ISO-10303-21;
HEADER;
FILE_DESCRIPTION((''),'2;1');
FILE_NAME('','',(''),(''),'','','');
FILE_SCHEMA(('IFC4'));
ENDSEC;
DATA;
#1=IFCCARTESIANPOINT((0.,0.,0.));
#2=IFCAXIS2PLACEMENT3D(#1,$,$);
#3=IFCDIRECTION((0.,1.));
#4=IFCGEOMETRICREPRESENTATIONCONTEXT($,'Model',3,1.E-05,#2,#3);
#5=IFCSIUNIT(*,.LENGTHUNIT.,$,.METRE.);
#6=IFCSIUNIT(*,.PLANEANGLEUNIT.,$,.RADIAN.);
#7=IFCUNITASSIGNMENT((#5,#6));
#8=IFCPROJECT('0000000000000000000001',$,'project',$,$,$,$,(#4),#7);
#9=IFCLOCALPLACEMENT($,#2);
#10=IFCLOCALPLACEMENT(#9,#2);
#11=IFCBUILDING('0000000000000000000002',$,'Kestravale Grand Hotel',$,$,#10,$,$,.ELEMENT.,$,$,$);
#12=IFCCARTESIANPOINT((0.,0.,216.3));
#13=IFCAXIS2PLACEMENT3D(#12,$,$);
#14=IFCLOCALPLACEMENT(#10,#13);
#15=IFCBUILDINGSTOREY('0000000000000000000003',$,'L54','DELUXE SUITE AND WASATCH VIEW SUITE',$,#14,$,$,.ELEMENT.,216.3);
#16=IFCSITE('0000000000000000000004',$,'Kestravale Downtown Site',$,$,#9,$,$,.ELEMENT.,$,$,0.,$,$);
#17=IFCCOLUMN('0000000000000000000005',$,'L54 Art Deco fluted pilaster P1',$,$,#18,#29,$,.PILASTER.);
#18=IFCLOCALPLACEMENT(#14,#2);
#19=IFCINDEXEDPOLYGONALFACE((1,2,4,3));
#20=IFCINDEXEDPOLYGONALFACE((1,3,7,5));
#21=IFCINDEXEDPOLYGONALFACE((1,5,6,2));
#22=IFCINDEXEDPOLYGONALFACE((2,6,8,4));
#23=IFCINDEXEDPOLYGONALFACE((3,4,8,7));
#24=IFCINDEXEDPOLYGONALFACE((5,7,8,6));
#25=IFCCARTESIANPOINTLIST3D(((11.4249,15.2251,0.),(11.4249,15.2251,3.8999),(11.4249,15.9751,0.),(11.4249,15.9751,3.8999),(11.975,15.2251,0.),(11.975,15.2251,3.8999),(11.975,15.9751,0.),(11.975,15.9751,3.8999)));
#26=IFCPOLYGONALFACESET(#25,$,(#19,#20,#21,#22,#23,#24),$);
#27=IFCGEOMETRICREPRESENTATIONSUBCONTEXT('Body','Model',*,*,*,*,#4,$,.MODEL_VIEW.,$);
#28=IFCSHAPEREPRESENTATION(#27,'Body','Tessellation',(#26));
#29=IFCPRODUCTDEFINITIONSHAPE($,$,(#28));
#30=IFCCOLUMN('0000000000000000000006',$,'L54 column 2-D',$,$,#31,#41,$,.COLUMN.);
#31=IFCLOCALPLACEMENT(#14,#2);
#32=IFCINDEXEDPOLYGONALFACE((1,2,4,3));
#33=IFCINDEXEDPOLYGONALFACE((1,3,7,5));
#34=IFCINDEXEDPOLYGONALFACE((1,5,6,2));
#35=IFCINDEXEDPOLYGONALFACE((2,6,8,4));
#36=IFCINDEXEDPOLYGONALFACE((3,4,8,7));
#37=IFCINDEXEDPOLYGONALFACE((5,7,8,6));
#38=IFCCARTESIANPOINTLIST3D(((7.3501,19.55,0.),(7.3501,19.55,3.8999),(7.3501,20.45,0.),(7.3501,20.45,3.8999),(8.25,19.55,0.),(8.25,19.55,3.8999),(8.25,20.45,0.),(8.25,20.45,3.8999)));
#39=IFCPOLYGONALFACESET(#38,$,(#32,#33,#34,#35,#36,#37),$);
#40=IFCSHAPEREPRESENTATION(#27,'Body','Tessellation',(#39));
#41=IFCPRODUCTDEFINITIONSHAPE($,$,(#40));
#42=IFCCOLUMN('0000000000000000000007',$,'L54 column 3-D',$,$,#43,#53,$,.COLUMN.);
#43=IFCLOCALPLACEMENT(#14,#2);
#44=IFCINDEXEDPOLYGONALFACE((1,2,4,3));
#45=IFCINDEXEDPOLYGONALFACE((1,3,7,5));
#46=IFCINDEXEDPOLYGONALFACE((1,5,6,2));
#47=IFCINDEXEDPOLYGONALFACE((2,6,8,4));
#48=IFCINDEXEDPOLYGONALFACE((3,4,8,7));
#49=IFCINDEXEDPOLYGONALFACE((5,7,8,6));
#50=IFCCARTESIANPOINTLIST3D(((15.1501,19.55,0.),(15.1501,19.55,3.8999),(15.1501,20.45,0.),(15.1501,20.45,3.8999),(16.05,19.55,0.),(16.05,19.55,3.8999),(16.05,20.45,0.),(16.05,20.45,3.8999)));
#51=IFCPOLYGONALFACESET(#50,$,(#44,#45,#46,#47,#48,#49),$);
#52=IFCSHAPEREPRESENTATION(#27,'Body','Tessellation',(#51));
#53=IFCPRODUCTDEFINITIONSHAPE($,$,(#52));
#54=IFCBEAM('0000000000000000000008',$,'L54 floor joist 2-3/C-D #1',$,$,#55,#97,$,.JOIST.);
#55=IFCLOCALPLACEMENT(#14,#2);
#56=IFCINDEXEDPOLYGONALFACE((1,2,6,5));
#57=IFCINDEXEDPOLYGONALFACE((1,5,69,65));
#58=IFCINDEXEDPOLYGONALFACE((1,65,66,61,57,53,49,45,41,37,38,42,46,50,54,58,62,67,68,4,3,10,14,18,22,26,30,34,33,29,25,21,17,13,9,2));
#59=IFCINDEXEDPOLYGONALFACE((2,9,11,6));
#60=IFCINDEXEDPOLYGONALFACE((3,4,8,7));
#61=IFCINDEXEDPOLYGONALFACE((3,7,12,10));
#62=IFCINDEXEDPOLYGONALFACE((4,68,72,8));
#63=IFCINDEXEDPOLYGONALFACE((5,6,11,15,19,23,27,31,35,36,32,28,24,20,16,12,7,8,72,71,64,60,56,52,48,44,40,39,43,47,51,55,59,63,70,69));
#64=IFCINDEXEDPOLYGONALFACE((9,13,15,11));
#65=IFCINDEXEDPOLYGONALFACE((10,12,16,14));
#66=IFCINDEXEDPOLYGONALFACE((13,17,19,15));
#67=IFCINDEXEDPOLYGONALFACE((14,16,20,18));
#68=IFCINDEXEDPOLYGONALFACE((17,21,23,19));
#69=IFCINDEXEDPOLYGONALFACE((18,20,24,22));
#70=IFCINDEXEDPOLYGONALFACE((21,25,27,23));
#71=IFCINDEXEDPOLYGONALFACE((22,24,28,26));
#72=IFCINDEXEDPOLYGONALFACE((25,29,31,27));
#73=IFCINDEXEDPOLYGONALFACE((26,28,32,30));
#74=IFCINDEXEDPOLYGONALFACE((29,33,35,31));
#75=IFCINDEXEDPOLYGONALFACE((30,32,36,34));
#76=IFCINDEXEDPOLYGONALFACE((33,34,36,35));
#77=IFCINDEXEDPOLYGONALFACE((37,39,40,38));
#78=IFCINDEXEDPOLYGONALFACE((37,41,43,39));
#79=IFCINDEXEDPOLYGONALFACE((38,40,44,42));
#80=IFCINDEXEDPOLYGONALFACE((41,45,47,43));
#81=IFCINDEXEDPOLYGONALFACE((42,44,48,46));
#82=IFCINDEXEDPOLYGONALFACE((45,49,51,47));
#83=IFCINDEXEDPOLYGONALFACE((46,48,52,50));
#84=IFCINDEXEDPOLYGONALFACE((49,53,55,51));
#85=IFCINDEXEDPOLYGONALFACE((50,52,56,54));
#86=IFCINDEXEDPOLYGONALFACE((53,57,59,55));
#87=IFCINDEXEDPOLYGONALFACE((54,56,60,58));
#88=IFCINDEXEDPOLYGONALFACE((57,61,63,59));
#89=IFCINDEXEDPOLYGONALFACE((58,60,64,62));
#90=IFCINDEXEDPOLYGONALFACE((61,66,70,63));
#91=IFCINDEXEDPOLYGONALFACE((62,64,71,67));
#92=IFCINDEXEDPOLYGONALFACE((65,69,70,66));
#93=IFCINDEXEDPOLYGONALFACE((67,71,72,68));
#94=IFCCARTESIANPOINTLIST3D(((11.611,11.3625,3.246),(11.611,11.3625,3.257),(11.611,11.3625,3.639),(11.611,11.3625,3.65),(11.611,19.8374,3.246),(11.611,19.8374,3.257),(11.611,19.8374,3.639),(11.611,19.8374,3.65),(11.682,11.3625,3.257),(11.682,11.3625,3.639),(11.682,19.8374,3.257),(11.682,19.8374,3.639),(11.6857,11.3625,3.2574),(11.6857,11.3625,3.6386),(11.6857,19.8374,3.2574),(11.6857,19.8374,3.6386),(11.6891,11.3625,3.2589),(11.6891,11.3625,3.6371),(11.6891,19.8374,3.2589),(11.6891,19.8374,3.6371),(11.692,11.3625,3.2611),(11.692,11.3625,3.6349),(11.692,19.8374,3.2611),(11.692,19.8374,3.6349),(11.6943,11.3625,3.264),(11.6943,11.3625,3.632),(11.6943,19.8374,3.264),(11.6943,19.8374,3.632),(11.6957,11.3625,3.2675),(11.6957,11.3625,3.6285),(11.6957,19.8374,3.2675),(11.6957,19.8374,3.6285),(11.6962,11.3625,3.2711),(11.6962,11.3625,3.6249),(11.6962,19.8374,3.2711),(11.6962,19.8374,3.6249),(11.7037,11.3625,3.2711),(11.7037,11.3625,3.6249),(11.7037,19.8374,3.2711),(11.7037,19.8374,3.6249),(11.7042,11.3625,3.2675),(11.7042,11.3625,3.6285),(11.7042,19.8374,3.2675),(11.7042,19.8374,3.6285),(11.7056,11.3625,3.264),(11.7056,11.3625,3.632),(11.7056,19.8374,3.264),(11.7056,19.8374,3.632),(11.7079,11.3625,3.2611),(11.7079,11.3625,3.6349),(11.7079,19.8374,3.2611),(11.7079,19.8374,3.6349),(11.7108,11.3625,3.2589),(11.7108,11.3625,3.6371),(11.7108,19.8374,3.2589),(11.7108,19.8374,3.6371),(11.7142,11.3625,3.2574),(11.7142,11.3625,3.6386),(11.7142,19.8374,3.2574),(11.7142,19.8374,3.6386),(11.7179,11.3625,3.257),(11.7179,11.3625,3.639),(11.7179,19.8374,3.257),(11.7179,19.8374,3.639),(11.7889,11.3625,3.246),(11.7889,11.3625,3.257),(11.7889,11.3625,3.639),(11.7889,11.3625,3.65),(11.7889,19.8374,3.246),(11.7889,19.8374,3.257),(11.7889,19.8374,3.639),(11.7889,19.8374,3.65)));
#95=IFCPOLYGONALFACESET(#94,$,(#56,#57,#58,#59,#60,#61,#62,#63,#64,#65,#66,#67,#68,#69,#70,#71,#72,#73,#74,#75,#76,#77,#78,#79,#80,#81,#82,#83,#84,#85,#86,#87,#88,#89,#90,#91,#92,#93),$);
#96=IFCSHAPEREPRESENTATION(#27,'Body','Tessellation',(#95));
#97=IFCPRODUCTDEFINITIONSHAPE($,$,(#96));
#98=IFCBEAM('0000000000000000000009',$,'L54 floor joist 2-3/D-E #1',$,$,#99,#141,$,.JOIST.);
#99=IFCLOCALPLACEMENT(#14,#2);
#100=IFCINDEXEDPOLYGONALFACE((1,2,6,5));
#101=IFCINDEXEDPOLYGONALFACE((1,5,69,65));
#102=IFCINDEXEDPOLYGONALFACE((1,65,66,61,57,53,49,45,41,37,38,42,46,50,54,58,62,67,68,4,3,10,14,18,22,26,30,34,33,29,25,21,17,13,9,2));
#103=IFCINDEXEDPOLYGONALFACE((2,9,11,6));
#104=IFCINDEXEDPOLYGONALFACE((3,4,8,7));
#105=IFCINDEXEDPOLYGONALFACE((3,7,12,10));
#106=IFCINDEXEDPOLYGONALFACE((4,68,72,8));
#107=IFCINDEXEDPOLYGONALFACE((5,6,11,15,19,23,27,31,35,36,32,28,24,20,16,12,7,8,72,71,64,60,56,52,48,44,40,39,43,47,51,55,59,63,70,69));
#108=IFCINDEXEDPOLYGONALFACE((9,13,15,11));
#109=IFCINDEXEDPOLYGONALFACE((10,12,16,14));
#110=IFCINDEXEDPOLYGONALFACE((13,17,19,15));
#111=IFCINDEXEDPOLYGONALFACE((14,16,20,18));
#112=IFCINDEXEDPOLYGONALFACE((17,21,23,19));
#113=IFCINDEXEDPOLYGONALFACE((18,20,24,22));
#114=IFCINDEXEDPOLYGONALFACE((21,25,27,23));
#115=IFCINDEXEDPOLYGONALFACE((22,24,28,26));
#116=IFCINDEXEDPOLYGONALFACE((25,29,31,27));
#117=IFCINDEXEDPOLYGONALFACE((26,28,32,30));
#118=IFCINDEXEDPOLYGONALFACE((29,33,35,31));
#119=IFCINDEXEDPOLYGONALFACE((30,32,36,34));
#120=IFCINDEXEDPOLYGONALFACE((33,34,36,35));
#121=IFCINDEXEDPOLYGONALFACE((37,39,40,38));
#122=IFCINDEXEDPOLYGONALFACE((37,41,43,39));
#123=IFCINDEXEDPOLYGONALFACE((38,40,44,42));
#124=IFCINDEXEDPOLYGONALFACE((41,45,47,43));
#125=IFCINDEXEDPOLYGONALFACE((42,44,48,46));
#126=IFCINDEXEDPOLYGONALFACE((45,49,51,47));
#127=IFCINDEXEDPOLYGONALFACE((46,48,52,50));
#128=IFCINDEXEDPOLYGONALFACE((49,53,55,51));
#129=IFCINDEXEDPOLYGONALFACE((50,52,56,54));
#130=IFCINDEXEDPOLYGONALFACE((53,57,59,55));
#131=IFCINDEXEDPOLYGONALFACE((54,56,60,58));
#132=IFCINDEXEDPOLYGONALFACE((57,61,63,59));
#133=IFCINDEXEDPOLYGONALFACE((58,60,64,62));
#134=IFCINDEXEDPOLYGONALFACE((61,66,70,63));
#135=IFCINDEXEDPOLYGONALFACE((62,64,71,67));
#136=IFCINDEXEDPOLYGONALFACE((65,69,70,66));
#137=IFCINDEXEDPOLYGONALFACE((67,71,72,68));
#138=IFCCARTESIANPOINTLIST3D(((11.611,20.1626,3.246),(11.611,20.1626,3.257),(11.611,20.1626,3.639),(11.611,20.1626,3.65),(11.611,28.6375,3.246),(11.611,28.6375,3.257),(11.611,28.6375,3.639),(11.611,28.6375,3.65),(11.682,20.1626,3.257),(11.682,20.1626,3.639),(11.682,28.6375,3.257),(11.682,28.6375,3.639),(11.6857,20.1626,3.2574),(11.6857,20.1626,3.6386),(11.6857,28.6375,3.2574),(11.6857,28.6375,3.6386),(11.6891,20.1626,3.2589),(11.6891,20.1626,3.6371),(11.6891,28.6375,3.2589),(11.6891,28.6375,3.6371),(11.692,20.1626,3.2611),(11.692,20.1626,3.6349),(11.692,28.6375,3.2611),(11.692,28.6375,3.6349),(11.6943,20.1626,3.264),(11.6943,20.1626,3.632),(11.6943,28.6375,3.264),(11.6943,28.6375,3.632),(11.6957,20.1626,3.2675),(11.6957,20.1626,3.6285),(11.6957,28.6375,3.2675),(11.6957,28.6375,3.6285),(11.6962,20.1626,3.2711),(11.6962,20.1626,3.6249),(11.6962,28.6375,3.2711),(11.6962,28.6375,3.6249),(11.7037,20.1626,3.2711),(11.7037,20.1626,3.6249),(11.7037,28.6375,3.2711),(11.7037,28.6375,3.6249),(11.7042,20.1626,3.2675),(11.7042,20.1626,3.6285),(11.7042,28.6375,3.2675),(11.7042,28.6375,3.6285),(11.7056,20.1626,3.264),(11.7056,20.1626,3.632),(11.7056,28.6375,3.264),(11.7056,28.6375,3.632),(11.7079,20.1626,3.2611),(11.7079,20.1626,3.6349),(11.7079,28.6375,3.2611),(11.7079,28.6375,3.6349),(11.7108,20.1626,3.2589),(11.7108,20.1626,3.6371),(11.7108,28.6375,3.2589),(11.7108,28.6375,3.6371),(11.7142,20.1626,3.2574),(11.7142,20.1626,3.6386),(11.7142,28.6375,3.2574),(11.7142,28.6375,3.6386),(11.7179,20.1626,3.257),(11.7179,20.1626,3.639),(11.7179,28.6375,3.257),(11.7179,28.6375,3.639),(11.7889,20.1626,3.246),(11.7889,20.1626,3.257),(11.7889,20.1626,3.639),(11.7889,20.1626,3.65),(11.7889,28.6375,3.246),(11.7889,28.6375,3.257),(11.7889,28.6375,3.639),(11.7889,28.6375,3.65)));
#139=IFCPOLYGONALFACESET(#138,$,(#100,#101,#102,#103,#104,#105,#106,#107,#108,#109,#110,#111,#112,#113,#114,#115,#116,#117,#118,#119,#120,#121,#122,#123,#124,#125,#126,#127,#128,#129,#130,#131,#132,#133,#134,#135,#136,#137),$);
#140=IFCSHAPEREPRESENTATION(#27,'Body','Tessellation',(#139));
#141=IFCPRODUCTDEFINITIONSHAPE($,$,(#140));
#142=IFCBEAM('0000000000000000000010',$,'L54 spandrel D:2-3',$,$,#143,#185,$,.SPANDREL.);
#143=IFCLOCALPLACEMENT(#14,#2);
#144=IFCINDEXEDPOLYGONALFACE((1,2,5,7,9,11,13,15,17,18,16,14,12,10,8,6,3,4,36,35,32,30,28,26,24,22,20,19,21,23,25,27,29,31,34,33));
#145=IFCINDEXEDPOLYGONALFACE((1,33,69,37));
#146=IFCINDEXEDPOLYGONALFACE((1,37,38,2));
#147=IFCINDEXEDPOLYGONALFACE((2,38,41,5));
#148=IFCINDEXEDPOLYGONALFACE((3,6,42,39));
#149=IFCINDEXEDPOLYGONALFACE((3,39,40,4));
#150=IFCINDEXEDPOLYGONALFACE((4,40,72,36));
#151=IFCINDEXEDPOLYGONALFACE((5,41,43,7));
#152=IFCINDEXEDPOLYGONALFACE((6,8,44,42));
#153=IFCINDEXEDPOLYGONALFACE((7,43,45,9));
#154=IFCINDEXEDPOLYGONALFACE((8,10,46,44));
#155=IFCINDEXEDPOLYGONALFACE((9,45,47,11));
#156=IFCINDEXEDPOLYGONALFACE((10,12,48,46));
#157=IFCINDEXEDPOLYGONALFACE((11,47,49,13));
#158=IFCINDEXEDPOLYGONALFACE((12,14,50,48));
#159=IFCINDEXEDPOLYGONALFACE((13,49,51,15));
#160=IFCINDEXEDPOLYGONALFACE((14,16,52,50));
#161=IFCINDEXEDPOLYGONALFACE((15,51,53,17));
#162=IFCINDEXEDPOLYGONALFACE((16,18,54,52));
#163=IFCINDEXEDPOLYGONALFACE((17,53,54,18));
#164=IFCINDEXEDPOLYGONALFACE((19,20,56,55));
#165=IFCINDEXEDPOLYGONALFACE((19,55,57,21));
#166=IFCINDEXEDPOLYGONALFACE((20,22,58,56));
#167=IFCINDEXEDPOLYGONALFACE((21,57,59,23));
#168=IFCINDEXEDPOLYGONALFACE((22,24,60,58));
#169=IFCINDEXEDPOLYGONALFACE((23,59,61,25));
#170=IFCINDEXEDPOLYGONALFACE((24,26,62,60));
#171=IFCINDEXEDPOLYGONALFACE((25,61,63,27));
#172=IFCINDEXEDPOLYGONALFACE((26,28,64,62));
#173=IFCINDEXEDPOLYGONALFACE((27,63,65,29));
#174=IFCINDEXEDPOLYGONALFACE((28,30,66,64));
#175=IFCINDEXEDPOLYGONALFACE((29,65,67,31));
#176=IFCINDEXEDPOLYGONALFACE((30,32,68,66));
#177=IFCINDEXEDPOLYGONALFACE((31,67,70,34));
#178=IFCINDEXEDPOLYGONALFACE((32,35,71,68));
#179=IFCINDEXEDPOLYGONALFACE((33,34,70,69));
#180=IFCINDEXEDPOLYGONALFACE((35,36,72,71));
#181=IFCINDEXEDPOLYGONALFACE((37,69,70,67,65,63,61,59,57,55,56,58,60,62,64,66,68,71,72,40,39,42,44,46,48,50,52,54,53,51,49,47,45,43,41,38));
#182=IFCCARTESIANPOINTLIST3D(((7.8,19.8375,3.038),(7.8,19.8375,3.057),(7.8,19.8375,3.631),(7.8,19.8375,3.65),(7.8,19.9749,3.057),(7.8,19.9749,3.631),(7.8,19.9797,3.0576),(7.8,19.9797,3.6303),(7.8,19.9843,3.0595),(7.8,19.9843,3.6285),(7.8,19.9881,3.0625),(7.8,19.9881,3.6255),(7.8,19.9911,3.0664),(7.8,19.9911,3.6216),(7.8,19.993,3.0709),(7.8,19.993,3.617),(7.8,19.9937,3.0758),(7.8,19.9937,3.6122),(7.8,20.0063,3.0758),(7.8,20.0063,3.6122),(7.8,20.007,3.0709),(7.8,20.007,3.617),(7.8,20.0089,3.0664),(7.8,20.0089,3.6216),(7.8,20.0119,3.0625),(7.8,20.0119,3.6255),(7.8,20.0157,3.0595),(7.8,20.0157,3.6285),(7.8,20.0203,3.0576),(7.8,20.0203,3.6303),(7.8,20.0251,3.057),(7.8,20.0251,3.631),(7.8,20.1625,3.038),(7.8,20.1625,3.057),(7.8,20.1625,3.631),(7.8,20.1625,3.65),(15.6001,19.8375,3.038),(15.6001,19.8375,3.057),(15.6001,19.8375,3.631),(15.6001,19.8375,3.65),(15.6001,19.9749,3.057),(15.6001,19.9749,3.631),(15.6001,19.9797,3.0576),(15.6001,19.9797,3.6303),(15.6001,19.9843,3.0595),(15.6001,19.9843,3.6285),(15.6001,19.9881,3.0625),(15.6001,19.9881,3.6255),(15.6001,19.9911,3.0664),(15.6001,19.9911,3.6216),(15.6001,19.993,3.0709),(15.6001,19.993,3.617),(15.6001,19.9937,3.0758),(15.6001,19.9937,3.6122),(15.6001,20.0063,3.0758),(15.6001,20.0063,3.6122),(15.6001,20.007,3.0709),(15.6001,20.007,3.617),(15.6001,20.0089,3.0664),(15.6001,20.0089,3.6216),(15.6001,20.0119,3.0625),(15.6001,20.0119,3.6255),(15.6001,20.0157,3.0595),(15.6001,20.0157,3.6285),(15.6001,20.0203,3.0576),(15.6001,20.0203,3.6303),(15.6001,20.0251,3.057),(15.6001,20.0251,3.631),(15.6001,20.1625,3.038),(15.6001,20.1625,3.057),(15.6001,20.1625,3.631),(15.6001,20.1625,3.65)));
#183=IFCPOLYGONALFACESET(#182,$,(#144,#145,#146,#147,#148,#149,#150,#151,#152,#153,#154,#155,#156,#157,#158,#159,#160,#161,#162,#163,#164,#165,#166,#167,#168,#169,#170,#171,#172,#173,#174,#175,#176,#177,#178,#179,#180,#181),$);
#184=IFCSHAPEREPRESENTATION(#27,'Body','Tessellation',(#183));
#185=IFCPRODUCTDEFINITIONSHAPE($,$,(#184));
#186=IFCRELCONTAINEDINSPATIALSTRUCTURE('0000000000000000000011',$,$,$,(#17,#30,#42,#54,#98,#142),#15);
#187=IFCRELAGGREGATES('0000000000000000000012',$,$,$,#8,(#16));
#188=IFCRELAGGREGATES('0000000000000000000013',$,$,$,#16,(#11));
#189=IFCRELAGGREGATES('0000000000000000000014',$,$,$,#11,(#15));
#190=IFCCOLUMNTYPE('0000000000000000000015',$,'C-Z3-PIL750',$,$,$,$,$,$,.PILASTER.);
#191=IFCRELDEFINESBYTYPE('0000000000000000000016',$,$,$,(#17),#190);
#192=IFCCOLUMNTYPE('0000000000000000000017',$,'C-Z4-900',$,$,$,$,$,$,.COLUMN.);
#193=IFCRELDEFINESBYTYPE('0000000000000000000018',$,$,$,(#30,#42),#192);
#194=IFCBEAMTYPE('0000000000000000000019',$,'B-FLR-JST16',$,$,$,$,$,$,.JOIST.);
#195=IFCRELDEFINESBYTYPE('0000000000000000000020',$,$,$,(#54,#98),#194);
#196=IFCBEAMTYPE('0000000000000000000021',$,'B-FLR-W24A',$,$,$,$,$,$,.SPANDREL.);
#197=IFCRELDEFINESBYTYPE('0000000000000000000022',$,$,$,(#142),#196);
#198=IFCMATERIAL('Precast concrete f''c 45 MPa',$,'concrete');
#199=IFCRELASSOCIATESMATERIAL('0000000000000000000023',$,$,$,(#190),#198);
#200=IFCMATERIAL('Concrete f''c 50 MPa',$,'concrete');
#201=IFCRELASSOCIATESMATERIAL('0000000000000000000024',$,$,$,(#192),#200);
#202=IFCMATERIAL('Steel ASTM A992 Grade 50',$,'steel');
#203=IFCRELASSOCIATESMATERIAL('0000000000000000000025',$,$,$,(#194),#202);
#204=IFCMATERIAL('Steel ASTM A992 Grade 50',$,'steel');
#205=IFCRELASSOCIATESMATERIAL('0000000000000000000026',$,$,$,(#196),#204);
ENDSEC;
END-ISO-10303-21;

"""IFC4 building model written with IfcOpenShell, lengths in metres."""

from ifc_helpers import new_model, si_unit, direction, frame, origin, origin_2d, place, context, subcontext, project, spatial, rectangle, i_section, extrude, material, material_profile, profile_set, type_object, element, save


model = new_model("IFC4")

# Units and contexts
model_context = context("Model", 3, precision=1e-05, world=origin(), true_north=direction((0.0, 1.0)))
body_context = subcontext(model_context, "Body", "Model", "MODEL_VIEW")
ifc_project = project(units=[si_unit("LENGTHUNIT", "METRE"), si_unit("PLANEANGLEUNIT", "RADIAN")], contexts=[model_context])

# Site, building, storey
site_placement = place(None, origin())
site = spatial("IfcSite", under=ifc_project, at=site_placement, Name="Kestravale Downtown Site", CompositionType="ELEMENT", RefElevation=0.0)
building_placement = place(site_placement, origin())
building = spatial("IfcBuilding", under=site, at=building_placement, Name="Kestravale Grand Hotel", CompositionType="ELEMENT")
storey_placement = place(building_placement, frame((0.0, 0.0, 216.3)))
storey = spatial("IfcBuildingStorey", under=building, at=storey_placement, Name="L54", Description="DELUXE SUITE AND WASATCH VIEW SUITE", CompositionType="ELEMENT", Elevation=216.3)

# Columns
ifc_material_1 = material(Name="Precast concrete f'c 45 MPa", Category="concrete")
ifc_material_profile_1 = material_profile(ifc_material_1, rectangle(XDim=0.55, YDim=0.75, at=origin_2d()))
ifc_profile_set_1 = profile_set([ifc_material_profile_1], Name="Precast concrete f'c 45 MPa")
column_type_1 = type_object("IfcColumnType", Name="C-Z3-PIL750", PredefinedType="PILASTER", material=ifc_profile_set_1)
column_placement = place(storey_placement, frame((11.7, 15.6001, 0.0), z_axis=(0.0, 0.0, 1.0), x_axis=(1.0, 0.0, 0.0)))
element("IfcColumn", 1, at=column_placement, inside=storey, type_object=column_type_1, Name="L54 Art Deco fluted pilaster P1", PredefinedType="PILASTER", context=body_context, shape_type="SweptSolid", body=[
    extrude(rectangle(XDim=0.55, YDim=0.75, at=origin_2d()), origin(), (0.0, 0.0, 1.0), 3.8999),
])
ifc_material_2 = material(Name="Concrete f'c 50 MPa", Category="concrete")
ifc_material_profile_2 = material_profile(ifc_material_2, rectangle(XDim=0.8999, YDim=0.8999, at=origin_2d()))
ifc_profile_set_2 = profile_set([ifc_material_profile_2], Name="Concrete f'c 50 MPa")
column_type_2 = type_object("IfcColumnType", Name="C-Z4-900", PredefinedType="COLUMN", material=ifc_profile_set_2)
for number, where, z_axis, x_axis, name in (
    (2, (7.8, 20.0, 0.0), (0.0, 0.0, 1.0), (1.0, 0.0, 0.0), "L54 column 2-D"),
    (3, (15.6001, 20.0, 0.0), (0.0, 0.0, 1.0), (1.0, 0.0, 0.0), "L54 column 3-D"),
):
    element("IfcColumn", number, at=place(storey_placement, frame(where, z_axis=z_axis, x_axis=x_axis)), inside=storey, type_object=column_type_2, Name=name, PredefinedType="COLUMN", context=body_context, shape_type="SweptSolid", body=[
        extrude(rectangle(XDim=0.8999, YDim=0.8999, at=origin_2d()), origin(), (0.0, 0.0, 1.0), 3.8999),
    ])

# Beams
ifc_material_3 = material(Name="Steel ASTM A992 Grade 50", Category="steel")
ifc_material_profile_3 = material_profile(ifc_material_3, i_section(OverallWidth=0.178, OverallDepth=0.4041, WebThickness=0.0076, FlangeThickness=0.011, FilletRadius=0.0142, at=origin_2d()))
ifc_profile_set_3 = profile_set([ifc_material_profile_3], Name="Steel ASTM A992 Grade 50")
beam_type_1 = type_object("IfcBeamType", Name="B-FLR-JST16", PredefinedType="JOIST", material=ifc_profile_set_3)
for number, where, z_axis, x_axis, name in (
    (4, (11.7, 11.3625, 3.448), (0.0, 1.0, 0.0), (-1.0, 0.0, 0.0), "L54 floor joist 2-3/C-D #1"),
    (5, (11.7, 20.1626, 3.448), (0.0, 1.0, 0.0), (-1.0, 0.0, 0.0), "L54 floor joist 2-3/D-E #1"),
):
    element("IfcBeam", number, at=place(storey_placement, frame(where, z_axis=z_axis, x_axis=x_axis)), inside=storey, type_object=beam_type_1, Name=name, PredefinedType="JOIST", context=body_context, shape_type="SweptSolid", body=[
        extrude(i_section(OverallWidth=0.178, OverallDepth=0.4041, WebThickness=0.0076, FlangeThickness=0.011, FilletRadius=0.0142, at=origin_2d()), origin(), (0.0, 0.0, 1.0), 8.4749),
    ])
ifc_material_4 = material(Name="Steel ASTM A992 Grade 50", Category="steel")
ifc_material_profile_4 = material_profile(ifc_material_4, i_section(OverallWidth=0.325, OverallDepth=0.6121, WebThickness=0.0127, FlangeThickness=0.019, FilletRadius=0.0188, at=origin_2d()))
ifc_profile_set_4 = profile_set([ifc_material_profile_4], Name="Steel ASTM A992 Grade 50")
beam_type_2 = type_object("IfcBeamType", Name="B-FLR-W24A", PredefinedType="SPANDREL", material=ifc_profile_set_4)
beam_1_placement = place(storey_placement, frame((7.8, 20.0, 3.344), z_axis=(1.0, 0.0, 0.0), x_axis=(0.0, 1.0, 0.0)))
element("IfcBeam", 6, at=beam_1_placement, inside=storey, type_object=beam_type_2, Name="L54 spandrel D:2-3", PredefinedType="SPANDREL", context=body_context, shape_type="SweptSolid", body=[
    extrude(i_section(OverallWidth=0.325, OverallDepth=0.6121, WebThickness=0.0127, FlangeThickness=0.019, FilletRadius=0.0188, at=origin_2d()), origin(), (0.0, 0.0, 1.0), 7.8),
])

save(model, "model.ifc")
